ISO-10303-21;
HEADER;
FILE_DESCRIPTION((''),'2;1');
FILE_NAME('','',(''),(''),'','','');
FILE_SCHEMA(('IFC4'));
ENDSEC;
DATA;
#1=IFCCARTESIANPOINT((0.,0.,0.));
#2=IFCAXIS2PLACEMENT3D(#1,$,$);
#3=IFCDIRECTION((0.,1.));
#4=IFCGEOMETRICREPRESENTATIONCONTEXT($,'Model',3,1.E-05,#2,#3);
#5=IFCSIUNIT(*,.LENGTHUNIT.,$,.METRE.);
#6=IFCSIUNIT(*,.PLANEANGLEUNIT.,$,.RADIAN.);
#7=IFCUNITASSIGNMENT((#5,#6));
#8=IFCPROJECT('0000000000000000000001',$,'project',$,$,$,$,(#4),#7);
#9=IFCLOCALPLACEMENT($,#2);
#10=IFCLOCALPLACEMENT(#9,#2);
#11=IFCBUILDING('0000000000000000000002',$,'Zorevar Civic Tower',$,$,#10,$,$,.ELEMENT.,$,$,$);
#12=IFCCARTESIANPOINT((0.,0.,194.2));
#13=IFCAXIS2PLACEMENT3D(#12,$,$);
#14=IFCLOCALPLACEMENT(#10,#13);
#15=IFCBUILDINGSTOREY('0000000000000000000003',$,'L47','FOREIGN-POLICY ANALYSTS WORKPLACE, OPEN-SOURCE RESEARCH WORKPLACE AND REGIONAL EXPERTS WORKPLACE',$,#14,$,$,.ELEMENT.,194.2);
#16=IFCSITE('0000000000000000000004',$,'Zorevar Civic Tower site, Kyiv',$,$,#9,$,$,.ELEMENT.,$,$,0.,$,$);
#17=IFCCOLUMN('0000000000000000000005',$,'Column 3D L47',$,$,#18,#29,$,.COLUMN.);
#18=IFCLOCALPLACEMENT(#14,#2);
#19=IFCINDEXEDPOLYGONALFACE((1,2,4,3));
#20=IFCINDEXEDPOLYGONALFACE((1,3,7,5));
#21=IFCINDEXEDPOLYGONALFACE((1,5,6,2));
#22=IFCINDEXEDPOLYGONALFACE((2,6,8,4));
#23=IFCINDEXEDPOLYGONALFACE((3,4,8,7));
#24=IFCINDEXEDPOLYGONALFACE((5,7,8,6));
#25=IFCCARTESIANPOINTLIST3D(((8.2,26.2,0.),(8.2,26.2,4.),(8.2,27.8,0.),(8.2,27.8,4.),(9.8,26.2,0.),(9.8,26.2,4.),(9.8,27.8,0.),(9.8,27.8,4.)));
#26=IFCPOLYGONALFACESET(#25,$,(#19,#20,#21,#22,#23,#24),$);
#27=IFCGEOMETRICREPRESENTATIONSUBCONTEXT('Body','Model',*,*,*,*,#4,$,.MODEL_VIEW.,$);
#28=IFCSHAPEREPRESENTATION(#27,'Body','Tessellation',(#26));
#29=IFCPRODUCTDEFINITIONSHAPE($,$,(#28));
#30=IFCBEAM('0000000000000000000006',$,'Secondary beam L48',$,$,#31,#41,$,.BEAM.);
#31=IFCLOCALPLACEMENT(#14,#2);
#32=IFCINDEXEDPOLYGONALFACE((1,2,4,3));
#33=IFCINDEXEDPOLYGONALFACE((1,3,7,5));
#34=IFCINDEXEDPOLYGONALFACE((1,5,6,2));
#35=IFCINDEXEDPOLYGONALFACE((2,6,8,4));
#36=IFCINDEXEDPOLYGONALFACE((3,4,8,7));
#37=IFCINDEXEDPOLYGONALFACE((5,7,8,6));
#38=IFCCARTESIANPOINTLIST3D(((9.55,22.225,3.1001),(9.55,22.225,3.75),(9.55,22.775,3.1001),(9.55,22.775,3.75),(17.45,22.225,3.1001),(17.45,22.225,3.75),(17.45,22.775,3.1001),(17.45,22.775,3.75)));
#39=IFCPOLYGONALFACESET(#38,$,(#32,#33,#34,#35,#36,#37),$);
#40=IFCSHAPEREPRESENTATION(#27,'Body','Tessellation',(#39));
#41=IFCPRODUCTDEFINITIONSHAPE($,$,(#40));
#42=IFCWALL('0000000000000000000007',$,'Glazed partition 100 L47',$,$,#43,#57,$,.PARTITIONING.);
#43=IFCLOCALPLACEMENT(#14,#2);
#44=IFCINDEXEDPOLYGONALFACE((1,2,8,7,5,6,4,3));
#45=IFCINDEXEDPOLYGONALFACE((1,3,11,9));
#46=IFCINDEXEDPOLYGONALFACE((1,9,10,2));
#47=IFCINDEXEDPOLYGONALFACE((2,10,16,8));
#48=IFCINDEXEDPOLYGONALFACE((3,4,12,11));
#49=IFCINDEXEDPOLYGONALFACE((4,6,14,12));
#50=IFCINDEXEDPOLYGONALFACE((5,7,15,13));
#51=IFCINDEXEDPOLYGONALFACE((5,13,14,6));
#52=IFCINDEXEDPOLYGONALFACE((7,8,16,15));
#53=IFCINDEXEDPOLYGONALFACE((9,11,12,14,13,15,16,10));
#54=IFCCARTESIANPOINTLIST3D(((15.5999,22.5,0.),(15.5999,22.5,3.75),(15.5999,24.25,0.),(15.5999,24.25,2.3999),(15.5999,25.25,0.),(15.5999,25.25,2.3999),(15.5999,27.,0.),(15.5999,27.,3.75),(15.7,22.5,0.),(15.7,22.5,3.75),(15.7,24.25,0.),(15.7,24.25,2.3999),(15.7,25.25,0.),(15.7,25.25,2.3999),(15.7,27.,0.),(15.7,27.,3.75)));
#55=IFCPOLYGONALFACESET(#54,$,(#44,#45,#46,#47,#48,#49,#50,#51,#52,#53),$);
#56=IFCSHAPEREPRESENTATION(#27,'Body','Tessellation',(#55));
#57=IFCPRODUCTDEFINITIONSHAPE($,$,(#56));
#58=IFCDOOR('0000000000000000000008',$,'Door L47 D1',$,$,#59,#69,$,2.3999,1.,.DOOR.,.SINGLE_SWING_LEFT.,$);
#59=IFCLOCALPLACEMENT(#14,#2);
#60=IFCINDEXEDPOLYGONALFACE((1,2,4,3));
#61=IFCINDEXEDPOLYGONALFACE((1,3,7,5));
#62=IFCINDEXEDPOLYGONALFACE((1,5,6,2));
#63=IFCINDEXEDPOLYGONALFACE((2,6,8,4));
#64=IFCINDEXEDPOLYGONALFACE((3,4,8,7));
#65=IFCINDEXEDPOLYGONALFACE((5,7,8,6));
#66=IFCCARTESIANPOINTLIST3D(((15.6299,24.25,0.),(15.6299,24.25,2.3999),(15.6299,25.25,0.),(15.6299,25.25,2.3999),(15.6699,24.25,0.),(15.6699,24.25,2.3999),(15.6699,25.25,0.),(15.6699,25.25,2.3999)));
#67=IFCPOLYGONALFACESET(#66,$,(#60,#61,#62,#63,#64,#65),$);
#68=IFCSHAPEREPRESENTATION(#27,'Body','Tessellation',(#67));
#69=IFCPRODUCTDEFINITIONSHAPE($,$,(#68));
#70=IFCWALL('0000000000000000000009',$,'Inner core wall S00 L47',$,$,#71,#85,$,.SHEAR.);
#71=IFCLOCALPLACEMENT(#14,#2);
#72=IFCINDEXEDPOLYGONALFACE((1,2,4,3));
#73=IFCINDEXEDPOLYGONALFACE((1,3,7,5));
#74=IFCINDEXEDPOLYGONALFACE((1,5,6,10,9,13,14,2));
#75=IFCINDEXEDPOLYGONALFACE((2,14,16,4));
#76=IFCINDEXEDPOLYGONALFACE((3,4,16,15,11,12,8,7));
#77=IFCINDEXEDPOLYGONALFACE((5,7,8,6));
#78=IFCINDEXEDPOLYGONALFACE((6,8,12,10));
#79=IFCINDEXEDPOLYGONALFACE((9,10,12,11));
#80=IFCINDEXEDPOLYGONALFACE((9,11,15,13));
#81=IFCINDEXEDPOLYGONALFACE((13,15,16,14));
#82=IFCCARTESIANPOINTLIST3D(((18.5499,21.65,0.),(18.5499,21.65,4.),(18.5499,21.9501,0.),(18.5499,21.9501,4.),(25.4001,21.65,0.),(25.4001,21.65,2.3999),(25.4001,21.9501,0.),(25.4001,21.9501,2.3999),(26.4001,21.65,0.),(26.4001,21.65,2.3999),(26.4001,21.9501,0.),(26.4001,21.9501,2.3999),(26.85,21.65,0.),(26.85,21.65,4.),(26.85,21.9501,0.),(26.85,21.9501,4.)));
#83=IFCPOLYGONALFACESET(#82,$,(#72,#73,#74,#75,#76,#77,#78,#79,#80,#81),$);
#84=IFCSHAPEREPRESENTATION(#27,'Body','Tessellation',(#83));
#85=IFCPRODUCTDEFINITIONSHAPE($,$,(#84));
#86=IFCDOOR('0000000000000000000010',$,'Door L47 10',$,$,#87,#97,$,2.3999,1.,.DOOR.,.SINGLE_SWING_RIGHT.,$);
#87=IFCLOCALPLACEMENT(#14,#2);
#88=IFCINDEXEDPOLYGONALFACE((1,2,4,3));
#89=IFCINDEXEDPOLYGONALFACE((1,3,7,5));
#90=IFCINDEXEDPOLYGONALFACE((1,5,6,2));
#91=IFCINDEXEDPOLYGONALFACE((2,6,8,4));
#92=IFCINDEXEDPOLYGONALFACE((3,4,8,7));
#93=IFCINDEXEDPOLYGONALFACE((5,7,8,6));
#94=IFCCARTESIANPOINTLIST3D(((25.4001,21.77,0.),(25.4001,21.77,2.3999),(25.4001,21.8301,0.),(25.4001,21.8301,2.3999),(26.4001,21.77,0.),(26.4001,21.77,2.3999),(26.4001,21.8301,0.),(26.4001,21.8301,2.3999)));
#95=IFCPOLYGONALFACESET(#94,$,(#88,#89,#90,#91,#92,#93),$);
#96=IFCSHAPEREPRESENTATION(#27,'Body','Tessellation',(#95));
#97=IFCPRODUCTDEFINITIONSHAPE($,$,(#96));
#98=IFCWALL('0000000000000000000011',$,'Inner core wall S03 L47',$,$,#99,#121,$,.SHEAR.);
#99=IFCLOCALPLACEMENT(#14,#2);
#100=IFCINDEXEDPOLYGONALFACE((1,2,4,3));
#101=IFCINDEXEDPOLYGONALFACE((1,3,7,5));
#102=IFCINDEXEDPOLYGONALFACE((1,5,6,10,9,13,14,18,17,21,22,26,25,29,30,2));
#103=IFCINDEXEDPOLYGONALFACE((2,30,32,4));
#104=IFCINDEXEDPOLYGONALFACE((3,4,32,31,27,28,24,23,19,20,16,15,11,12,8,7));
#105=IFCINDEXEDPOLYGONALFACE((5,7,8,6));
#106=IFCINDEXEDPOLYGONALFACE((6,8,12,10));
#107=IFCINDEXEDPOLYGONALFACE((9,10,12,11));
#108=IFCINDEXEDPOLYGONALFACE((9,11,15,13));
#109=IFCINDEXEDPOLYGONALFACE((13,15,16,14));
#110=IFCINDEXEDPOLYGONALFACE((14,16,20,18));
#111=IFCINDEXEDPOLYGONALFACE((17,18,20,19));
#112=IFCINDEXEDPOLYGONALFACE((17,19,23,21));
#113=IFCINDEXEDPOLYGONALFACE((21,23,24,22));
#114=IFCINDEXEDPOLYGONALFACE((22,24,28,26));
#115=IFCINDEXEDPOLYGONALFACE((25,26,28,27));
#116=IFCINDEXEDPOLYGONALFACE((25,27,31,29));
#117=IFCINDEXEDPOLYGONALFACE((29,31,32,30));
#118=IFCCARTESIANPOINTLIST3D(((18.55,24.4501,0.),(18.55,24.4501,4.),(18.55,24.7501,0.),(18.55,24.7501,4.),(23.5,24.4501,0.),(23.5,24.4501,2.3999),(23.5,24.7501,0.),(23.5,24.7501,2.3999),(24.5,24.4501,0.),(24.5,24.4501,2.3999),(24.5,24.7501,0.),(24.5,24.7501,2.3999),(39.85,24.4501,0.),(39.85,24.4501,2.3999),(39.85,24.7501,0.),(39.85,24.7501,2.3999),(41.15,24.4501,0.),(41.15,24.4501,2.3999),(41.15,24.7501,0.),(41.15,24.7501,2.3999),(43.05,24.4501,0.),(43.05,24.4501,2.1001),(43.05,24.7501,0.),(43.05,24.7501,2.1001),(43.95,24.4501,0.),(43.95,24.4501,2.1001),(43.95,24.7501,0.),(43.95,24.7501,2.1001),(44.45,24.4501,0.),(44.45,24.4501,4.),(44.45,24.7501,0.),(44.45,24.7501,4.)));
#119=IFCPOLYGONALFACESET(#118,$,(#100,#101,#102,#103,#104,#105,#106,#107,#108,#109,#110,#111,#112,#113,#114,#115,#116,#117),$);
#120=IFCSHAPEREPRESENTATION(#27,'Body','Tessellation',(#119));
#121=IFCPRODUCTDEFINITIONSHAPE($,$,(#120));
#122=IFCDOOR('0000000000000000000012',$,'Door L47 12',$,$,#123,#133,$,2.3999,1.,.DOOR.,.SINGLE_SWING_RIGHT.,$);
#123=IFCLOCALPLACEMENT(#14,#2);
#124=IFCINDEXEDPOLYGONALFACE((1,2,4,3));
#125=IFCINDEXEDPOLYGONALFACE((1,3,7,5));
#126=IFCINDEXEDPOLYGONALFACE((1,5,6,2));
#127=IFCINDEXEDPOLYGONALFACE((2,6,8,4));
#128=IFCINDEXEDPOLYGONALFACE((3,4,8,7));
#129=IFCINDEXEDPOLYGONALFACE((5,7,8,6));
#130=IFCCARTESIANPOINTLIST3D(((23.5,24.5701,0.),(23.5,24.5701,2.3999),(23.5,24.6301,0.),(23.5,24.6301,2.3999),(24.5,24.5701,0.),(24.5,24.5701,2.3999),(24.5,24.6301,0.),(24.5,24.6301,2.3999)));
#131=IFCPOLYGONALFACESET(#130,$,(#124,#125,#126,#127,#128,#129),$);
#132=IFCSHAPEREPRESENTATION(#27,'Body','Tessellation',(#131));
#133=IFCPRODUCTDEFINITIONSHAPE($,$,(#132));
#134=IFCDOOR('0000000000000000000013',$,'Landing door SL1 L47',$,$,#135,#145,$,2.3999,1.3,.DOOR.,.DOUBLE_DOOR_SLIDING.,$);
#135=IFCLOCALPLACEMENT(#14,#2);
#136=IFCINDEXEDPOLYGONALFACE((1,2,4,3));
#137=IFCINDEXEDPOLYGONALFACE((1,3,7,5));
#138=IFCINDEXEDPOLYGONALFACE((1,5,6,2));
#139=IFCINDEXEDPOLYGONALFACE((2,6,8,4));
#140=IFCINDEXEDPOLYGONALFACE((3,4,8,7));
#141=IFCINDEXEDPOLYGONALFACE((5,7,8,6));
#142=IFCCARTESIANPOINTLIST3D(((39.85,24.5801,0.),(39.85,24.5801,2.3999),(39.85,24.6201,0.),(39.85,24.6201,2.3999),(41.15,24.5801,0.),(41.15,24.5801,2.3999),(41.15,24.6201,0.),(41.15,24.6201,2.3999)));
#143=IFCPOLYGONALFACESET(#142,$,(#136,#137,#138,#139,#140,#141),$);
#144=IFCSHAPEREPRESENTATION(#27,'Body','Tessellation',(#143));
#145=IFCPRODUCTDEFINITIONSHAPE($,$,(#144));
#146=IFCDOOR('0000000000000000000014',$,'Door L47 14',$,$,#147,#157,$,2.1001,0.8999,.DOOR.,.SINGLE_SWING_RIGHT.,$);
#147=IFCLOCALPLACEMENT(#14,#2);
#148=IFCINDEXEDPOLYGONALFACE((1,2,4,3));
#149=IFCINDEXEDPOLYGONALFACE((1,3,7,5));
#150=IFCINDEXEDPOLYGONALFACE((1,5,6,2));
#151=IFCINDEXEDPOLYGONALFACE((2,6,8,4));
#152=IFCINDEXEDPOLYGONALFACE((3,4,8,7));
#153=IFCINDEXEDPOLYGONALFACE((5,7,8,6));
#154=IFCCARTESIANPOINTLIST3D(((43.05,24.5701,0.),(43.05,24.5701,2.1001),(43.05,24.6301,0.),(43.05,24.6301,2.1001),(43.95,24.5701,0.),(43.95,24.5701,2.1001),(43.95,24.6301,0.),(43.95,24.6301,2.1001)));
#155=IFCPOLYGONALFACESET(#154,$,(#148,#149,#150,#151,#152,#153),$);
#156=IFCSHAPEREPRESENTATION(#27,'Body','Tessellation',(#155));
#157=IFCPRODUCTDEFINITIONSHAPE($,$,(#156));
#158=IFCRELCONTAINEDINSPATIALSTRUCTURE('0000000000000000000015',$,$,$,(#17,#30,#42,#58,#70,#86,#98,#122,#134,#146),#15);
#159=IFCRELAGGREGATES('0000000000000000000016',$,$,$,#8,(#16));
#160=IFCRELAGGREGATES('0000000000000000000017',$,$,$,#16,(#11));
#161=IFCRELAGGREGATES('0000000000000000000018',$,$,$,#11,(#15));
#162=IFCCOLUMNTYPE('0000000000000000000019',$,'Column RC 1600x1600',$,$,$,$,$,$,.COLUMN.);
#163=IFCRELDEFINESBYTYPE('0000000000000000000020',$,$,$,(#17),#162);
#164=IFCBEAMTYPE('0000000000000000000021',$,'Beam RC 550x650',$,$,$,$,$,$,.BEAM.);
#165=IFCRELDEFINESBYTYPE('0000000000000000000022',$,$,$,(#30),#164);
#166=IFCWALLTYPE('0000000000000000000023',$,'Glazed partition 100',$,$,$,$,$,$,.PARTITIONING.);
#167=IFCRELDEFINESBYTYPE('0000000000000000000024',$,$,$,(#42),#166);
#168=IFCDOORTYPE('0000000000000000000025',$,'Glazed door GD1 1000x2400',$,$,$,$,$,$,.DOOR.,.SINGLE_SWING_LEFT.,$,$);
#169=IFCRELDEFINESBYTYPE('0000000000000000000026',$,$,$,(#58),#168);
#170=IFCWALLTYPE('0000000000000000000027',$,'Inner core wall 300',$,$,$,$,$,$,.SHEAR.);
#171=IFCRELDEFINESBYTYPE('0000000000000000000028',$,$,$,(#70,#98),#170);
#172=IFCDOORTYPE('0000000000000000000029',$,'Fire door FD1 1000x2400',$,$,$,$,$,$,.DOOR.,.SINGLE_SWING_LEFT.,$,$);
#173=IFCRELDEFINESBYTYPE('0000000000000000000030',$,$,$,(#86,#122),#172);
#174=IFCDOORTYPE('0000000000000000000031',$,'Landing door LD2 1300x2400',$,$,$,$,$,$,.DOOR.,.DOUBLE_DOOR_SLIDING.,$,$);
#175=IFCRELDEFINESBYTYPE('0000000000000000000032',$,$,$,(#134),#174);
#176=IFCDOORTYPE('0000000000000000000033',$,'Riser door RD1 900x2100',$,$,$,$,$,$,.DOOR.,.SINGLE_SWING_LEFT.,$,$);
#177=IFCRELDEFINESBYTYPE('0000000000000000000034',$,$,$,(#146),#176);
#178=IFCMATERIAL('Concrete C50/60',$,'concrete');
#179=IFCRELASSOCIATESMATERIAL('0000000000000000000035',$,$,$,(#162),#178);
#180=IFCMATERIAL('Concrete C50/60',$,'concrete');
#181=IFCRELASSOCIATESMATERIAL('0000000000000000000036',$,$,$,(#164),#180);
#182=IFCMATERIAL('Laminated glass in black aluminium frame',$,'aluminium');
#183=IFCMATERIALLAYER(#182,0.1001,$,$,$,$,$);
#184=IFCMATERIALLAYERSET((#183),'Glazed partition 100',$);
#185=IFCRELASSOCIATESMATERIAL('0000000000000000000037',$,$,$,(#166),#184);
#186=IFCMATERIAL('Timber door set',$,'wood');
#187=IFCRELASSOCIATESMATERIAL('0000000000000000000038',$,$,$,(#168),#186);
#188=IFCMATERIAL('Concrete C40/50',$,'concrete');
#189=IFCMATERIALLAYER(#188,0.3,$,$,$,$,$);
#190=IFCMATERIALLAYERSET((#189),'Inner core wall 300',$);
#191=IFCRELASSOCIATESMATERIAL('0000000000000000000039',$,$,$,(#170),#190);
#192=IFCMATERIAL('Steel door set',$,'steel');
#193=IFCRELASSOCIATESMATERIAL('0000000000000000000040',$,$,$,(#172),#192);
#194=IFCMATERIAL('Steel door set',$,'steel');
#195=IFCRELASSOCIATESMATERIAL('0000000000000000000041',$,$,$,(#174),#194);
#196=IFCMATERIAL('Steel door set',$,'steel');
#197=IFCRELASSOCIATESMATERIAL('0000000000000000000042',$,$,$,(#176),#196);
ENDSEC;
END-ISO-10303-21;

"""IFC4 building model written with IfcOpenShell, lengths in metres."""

from ifc_helpers import new_model, si_unit, direction, frame, frame_2d, origin, origin_2d, place, context, subcontext, project, spatial, rectangle, extrude, material, layer, layer_set, material_profile, profile_set, type_object, element, fill, save


model = new_model("IFC4")

# Units and contexts
model_context = context("Model", 3, precision=1e-05, world=origin(), true_north=direction((0.0, 1.0)))
body_context = subcontext(model_context, "Body", "Model", "MODEL_VIEW")
ifc_project = project(units=[si_unit("LENGTHUNIT", "METRE"), si_unit("PLANEANGLEUNIT", "RADIAN")], contexts=[model_context])

# Site, building, storey
site_placement = place(None, origin())
site = spatial("IfcSite", under=ifc_project, at=site_placement, Name="Zorevar Civic Tower site, Kyiv", CompositionType="ELEMENT", RefElevation=0.0)
building_placement = place(site_placement, origin())
building = spatial("IfcBuilding", under=site, at=building_placement, Name="Zorevar Civic Tower", CompositionType="ELEMENT")
storey_placement = place(building_placement, frame((0.0, 0.0, 194.2)))
storey = spatial("IfcBuildingStorey", under=building, at=storey_placement, Name="L47", Description="FOREIGN-POLICY ANALYSTS WORKPLACE, OPEN-SOURCE RESEARCH WORKPLACE AND REGIONAL EXPERTS WORKPLACE", CompositionType="ELEMENT", Elevation=194.2)

# Column
ifc_material_1 = material(Name="Concrete C50/60", Category="concrete")
ifc_material_profile_1 = material_profile(ifc_material_1, rectangle(XDim=1.6001, YDim=1.6001, at=origin_2d()), Name="RC 1600x1600")
ifc_profile_set_1 = profile_set([ifc_material_profile_1], Name="Concrete C50/60")
column_type = type_object("IfcColumnType", Name="Column RC 1600x1600", PredefinedType="COLUMN", material=ifc_profile_set_1)
column_placement = place(storey_placement, frame((9.0, 27.0, 0.0), z_axis=(0.0, 0.0, 1.0), x_axis=(1.0, 0.0, 0.0)))
element("IfcColumn", 1, at=column_placement, inside=storey, type_object=column_type, Name="Column 3D L47", PredefinedType="COLUMN", context=body_context, shape_type="SweptSolid", body=[
    extrude(rectangle(XDim=1.6001, YDim=1.6001, at=origin_2d()), origin(), (0.0, 0.0, 1.0), 4.0),
])

# Beam
ifc_material_2 = material(Name="Concrete C50/60", Category="concrete")
ifc_material_profile_2 = material_profile(ifc_material_2, rectangle(XDim=0.55, YDim=0.6499, at=origin_2d()), Name="RC 550x650")
ifc_profile_set_2 = profile_set([ifc_material_profile_2], Name="Concrete C50/60")
beam_type = type_object("IfcBeamType", Name="Beam RC 550x650", PredefinedType="BEAM", material=ifc_profile_set_2)
beam_placement = place(storey_placement, frame((9.55, 22.5, 3.425), z_axis=(1.0, 0.0, 0.0), x_axis=(0.0, 1.0, 0.0)))
element("IfcBeam", 2, at=beam_placement, inside=storey, type_object=beam_type, Name="Secondary beam L48", PredefinedType="BEAM", context=body_context, shape_type="SweptSolid", body=[
    extrude(rectangle(XDim=0.55, YDim=0.6499, at=origin_2d()), origin(), (0.0, 0.0, 1.0), 7.8999),
])

# Walls, openings, doors
ifc_material_3 = material(Name="Laminated glass in black aluminium frame", Category="aluminium")
ifc_layer_1 = layer(ifc_material_3, 0.1001)
ifc_layer_set_1 = layer_set([ifc_layer_1], Name="Glazed partition 100")
wall_type_1 = type_object("IfcWallType", Name="Glazed partition 100", PredefinedType="PARTITIONING", material=ifc_layer_set_1)
wall_1_placement = place(storey_placement, frame((15.6499, 22.5, 0.0), z_axis=(0.0, 0.0, 1.0), x_axis=(0.0, 1.0, 0.0)))
wall_1 = element("IfcWall", 3, at=wall_1_placement, inside=storey, type_object=wall_type_1, Name="Glazed partition 100 L47", PredefinedType="PARTITIONING", context=body_context, shape_type="SweptSolid", body=[
    extrude(rectangle(XDim=4.5, YDim=0.1001, at=frame_2d((2.25, 0.0))), origin(), (0.0, 0.0, 1.0), 3.75),
])
opening_1_placement = place(wall_1_placement, frame((1.75, 0.0, 0.0)))
opening_1 = element("IfcOpeningElement", 4, at=opening_1_placement, cuts=wall_1, PredefinedType="OPENING", context=body_context, shape_type="SweptSolid", body=[
    extrude(rectangle(XDim=1.0, YDim=2.3999, at=frame_2d((0.5, 1.2))), frame((0.0, 0.0601, 0.0), z_axis=(0.0, -1.0, 0.0), x_axis=(1.0, 0.0, 0.0)), (0.0, 0.0, 1.0), 0.1201),
])
ifc_material_4 = material(Name="Timber door set", Category="wood")
door_type_1 = type_object("IfcDoorType", Name="Glazed door GD1 1000x2400", OperationType="SINGLE_SWING_LEFT", PredefinedType="DOOR", material=ifc_material_4)
door_1_placement = place(opening_1_placement, origin())
door_1 = element("IfcDoor", 5, at=door_1_placement, inside=storey, type_object=door_type_1, Name="Door L47 D1", OperationType="SINGLE_SWING_LEFT", OverallHeight=2.3999, OverallWidth=1.0, PredefinedType="DOOR", context=body_context, shape_type="SweptSolid", body=[
    extrude(rectangle(XDim=1.0, YDim=2.3999, at=frame_2d((0.5, 1.2))), frame((0.0, 0.02, 0.0), z_axis=(0.0, -1.0, 0.0), x_axis=(1.0, 0.0, 0.0)), (0.0, 0.0, 1.0), 0.04),
])
fill(opening_1, door_1)
ifc_material_5 = material(Name="Concrete C40/50", Category="concrete")
ifc_layer_2 = layer(ifc_material_5, 0.3)
ifc_layer_set_2 = layer_set([ifc_layer_2], Name="Inner core wall 300")
wall_type_2 = type_object("IfcWallType", Name="Inner core wall 300", PredefinedType="SHEAR", material=ifc_layer_set_2)
wall_2_placement = place(storey_placement, frame((18.55, 21.8, 0.0), z_axis=(0.0, 0.0, 1.0), x_axis=(1.0, 0.0, 0.0)))
wall_2 = element("IfcWall", 6, at=wall_2_placement, inside=storey, type_object=wall_type_2, Name="Inner core wall S00 L47", PredefinedType="SHEAR", context=body_context, shape_type="SweptSolid", body=[
    extrude(rectangle(XDim=8.3, YDim=0.3, at=frame_2d((4.1499, 0.0))), origin(), (0.0, 0.0, 1.0), 4.0),
])
opening_2_placement = place(wall_2_placement, frame((6.8501, 0.0, 0.0)))
opening_2 = element("IfcOpeningElement", 7, at=opening_2_placement, cuts=wall_2, PredefinedType="OPENING", context=body_context, shape_type="SweptSolid", body=[
    extrude(rectangle(XDim=1.0, YDim=2.3999, at=frame_2d((0.5, 1.2))), frame((0.0, 0.1599, 0.0), z_axis=(0.0, -1.0, 0.0), x_axis=(1.0, 0.0, 0.0)), (0.0, 0.0, 1.0), 0.3201),
])
ifc_material_6 = material(Name="Steel door set", Category="steel")
door_type_2 = type_object("IfcDoorType", Name="Fire door FD1 1000x2400", OperationType="SINGLE_SWING_LEFT", PredefinedType="DOOR", material=ifc_material_6)
door_2_placement = place(opening_2_placement, origin())
door_2 = element("IfcDoor", 8, at=door_2_placement, inside=storey, type_object=door_type_2, Name="Door L47 10", OperationType="SINGLE_SWING_RIGHT", OverallHeight=2.3999, OverallWidth=1.0, PredefinedType="DOOR", context=body_context, shape_type="SweptSolid", body=[
    extrude(rectangle(XDim=1.0, YDim=2.3999, at=frame_2d((0.5, 1.2))), frame((0.0, 0.03, 0.0), z_axis=(0.0, -1.0, 0.0), x_axis=(1.0, 0.0, 0.0)), (0.0, 0.0, 1.0), 0.0601),
])
fill(opening_2, door_2)

# Wall, openings, doors
wall_3_placement = place(storey_placement, frame((18.55, 24.6001, 0.0), z_axis=(0.0, 0.0, 1.0), x_axis=(1.0, 0.0, 0.0)))
wall_3 = element("IfcWall", 9, at=wall_3_placement, inside=storey, type_object=wall_type_2, Name="Inner core wall S03 L47", PredefinedType="SHEAR", context=body_context, shape_type="SweptSolid", body=[
    extrude(rectangle(XDim=25.8999, YDim=0.3, at=frame_2d((12.95, 0.0))), origin(), (0.0, 0.0, 1.0), 4.0),
])
opening_3_placement = place(wall_3_placement, frame((4.95, 0.0, 0.0)))
opening_3 = element("IfcOpeningElement", 10, at=opening_3_placement, cuts=wall_3, PredefinedType="OPENING", context=body_context, shape_type="SweptSolid", body=[
    extrude(rectangle(XDim=1.0, YDim=2.3999, at=frame_2d((0.5, 1.2))), frame((0.0, 0.1599, 0.0), z_axis=(0.0, -1.0, 0.0), x_axis=(1.0, 0.0, 0.0)), (0.0, 0.0, 1.0), 0.3201),
])
opening_4_placement = place(wall_3_placement, frame((24.5, 0.0, 0.0)))
opening_4 = element("IfcOpeningElement", 11, at=opening_4_placement, cuts=wall_3, PredefinedType="OPENING", context=body_context, shape_type="SweptSolid", body=[
    extrude(rectangle(XDim=0.8999, YDim=2.1001, at=frame_2d((0.45, 1.05))), frame((0.0, 0.1599, 0.0), z_axis=(0.0, -1.0, 0.0), x_axis=(1.0, 0.0, 0.0)), (0.0, 0.0, 1.0), 0.3201),
])
opening_5_placement = place(wall_3_placement, frame((21.3, 0.0, 0.0)))
opening_5 = element("IfcOpeningElement", 12, at=opening_5_placement, cuts=wall_3, PredefinedType="OPENING", context=body_context, shape_type="SweptSolid", body=[
    extrude(rectangle(XDim=1.3, YDim=2.3999, at=frame_2d((0.6499, 1.2))), frame((0.0, 0.1599, 0.0), z_axis=(0.0, -1.0, 0.0), x_axis=(1.0, 0.0, 0.0)), (0.0, 0.0, 1.0), 0.3201),
])
door_3_placement = place(opening_3_placement, origin())
door_3 = element("IfcDoor", 13, at=door_3_placement, inside=storey, type_object=door_type_2, Name="Door L47 12", OperationType="SINGLE_SWING_RIGHT", OverallHeight=2.3999, OverallWidth=1.0, PredefinedType="DOOR", context=body_context, shape_type="SweptSolid", body=[
    extrude(rectangle(XDim=1.0, YDim=2.3999, at=frame_2d((0.5, 1.2))), frame((0.0, 0.03, 0.0), z_axis=(0.0, -1.0, 0.0), x_axis=(1.0, 0.0, 0.0)), (0.0, 0.0, 1.0), 0.0601),
])
fill(opening_3, door_3)
ifc_material_7 = material(Name="Steel door set", Category="steel")
door_type_3 = type_object("IfcDoorType", Name="Landing door LD2 1300x2400", OperationType="DOUBLE_DOOR_SLIDING", PredefinedType="DOOR", material=ifc_material_7)
door_4_placement = place(opening_5_placement, origin())
door_4 = element("IfcDoor", 14, at=door_4_placement, inside=storey, type_object=door_type_3, Name="Landing door SL1 L47", OperationType="DOUBLE_DOOR_SLIDING", OverallHeight=2.3999, OverallWidth=1.3, PredefinedType="DOOR", context=body_context, shape_type="SweptSolid", body=[
    extrude(rectangle(XDim=1.3, YDim=2.3999, at=frame_2d((0.6499, 1.2))), frame((0.0, 0.02, 0.0), z_axis=(0.0, -1.0, 0.0), x_axis=(1.0, 0.0, 0.0)), (0.0, 0.0, 1.0), 0.04),
])
fill(opening_5, door_4)
ifc_material_8 = material(Name="Steel door set", Category="steel")
door_type_4 = type_object("IfcDoorType", Name="Riser door RD1 900x2100", OperationType="SINGLE_SWING_LEFT", PredefinedType="DOOR", material=ifc_material_8)
door_5_placement = place(opening_4_placement, origin())
door_5 = element("IfcDoor", 15, at=door_5_placement, inside=storey, type_object=door_type_4, Name="Door L47 14", OperationType="SINGLE_SWING_RIGHT", OverallHeight=2.1001, OverallWidth=0.8999, PredefinedType="DOOR", context=body_context, shape_type="SweptSolid", body=[
    extrude(rectangle(XDim=0.8999, YDim=2.1001, at=frame_2d((0.45, 1.05))), frame((0.0, 0.03, 0.0), z_axis=(0.0, -1.0, 0.0), x_axis=(1.0, 0.0, 0.0)), (0.0, 0.0, 1.0), 0.0601),
])
fill(opening_4, door_5)

save(model, "model.ifc")
